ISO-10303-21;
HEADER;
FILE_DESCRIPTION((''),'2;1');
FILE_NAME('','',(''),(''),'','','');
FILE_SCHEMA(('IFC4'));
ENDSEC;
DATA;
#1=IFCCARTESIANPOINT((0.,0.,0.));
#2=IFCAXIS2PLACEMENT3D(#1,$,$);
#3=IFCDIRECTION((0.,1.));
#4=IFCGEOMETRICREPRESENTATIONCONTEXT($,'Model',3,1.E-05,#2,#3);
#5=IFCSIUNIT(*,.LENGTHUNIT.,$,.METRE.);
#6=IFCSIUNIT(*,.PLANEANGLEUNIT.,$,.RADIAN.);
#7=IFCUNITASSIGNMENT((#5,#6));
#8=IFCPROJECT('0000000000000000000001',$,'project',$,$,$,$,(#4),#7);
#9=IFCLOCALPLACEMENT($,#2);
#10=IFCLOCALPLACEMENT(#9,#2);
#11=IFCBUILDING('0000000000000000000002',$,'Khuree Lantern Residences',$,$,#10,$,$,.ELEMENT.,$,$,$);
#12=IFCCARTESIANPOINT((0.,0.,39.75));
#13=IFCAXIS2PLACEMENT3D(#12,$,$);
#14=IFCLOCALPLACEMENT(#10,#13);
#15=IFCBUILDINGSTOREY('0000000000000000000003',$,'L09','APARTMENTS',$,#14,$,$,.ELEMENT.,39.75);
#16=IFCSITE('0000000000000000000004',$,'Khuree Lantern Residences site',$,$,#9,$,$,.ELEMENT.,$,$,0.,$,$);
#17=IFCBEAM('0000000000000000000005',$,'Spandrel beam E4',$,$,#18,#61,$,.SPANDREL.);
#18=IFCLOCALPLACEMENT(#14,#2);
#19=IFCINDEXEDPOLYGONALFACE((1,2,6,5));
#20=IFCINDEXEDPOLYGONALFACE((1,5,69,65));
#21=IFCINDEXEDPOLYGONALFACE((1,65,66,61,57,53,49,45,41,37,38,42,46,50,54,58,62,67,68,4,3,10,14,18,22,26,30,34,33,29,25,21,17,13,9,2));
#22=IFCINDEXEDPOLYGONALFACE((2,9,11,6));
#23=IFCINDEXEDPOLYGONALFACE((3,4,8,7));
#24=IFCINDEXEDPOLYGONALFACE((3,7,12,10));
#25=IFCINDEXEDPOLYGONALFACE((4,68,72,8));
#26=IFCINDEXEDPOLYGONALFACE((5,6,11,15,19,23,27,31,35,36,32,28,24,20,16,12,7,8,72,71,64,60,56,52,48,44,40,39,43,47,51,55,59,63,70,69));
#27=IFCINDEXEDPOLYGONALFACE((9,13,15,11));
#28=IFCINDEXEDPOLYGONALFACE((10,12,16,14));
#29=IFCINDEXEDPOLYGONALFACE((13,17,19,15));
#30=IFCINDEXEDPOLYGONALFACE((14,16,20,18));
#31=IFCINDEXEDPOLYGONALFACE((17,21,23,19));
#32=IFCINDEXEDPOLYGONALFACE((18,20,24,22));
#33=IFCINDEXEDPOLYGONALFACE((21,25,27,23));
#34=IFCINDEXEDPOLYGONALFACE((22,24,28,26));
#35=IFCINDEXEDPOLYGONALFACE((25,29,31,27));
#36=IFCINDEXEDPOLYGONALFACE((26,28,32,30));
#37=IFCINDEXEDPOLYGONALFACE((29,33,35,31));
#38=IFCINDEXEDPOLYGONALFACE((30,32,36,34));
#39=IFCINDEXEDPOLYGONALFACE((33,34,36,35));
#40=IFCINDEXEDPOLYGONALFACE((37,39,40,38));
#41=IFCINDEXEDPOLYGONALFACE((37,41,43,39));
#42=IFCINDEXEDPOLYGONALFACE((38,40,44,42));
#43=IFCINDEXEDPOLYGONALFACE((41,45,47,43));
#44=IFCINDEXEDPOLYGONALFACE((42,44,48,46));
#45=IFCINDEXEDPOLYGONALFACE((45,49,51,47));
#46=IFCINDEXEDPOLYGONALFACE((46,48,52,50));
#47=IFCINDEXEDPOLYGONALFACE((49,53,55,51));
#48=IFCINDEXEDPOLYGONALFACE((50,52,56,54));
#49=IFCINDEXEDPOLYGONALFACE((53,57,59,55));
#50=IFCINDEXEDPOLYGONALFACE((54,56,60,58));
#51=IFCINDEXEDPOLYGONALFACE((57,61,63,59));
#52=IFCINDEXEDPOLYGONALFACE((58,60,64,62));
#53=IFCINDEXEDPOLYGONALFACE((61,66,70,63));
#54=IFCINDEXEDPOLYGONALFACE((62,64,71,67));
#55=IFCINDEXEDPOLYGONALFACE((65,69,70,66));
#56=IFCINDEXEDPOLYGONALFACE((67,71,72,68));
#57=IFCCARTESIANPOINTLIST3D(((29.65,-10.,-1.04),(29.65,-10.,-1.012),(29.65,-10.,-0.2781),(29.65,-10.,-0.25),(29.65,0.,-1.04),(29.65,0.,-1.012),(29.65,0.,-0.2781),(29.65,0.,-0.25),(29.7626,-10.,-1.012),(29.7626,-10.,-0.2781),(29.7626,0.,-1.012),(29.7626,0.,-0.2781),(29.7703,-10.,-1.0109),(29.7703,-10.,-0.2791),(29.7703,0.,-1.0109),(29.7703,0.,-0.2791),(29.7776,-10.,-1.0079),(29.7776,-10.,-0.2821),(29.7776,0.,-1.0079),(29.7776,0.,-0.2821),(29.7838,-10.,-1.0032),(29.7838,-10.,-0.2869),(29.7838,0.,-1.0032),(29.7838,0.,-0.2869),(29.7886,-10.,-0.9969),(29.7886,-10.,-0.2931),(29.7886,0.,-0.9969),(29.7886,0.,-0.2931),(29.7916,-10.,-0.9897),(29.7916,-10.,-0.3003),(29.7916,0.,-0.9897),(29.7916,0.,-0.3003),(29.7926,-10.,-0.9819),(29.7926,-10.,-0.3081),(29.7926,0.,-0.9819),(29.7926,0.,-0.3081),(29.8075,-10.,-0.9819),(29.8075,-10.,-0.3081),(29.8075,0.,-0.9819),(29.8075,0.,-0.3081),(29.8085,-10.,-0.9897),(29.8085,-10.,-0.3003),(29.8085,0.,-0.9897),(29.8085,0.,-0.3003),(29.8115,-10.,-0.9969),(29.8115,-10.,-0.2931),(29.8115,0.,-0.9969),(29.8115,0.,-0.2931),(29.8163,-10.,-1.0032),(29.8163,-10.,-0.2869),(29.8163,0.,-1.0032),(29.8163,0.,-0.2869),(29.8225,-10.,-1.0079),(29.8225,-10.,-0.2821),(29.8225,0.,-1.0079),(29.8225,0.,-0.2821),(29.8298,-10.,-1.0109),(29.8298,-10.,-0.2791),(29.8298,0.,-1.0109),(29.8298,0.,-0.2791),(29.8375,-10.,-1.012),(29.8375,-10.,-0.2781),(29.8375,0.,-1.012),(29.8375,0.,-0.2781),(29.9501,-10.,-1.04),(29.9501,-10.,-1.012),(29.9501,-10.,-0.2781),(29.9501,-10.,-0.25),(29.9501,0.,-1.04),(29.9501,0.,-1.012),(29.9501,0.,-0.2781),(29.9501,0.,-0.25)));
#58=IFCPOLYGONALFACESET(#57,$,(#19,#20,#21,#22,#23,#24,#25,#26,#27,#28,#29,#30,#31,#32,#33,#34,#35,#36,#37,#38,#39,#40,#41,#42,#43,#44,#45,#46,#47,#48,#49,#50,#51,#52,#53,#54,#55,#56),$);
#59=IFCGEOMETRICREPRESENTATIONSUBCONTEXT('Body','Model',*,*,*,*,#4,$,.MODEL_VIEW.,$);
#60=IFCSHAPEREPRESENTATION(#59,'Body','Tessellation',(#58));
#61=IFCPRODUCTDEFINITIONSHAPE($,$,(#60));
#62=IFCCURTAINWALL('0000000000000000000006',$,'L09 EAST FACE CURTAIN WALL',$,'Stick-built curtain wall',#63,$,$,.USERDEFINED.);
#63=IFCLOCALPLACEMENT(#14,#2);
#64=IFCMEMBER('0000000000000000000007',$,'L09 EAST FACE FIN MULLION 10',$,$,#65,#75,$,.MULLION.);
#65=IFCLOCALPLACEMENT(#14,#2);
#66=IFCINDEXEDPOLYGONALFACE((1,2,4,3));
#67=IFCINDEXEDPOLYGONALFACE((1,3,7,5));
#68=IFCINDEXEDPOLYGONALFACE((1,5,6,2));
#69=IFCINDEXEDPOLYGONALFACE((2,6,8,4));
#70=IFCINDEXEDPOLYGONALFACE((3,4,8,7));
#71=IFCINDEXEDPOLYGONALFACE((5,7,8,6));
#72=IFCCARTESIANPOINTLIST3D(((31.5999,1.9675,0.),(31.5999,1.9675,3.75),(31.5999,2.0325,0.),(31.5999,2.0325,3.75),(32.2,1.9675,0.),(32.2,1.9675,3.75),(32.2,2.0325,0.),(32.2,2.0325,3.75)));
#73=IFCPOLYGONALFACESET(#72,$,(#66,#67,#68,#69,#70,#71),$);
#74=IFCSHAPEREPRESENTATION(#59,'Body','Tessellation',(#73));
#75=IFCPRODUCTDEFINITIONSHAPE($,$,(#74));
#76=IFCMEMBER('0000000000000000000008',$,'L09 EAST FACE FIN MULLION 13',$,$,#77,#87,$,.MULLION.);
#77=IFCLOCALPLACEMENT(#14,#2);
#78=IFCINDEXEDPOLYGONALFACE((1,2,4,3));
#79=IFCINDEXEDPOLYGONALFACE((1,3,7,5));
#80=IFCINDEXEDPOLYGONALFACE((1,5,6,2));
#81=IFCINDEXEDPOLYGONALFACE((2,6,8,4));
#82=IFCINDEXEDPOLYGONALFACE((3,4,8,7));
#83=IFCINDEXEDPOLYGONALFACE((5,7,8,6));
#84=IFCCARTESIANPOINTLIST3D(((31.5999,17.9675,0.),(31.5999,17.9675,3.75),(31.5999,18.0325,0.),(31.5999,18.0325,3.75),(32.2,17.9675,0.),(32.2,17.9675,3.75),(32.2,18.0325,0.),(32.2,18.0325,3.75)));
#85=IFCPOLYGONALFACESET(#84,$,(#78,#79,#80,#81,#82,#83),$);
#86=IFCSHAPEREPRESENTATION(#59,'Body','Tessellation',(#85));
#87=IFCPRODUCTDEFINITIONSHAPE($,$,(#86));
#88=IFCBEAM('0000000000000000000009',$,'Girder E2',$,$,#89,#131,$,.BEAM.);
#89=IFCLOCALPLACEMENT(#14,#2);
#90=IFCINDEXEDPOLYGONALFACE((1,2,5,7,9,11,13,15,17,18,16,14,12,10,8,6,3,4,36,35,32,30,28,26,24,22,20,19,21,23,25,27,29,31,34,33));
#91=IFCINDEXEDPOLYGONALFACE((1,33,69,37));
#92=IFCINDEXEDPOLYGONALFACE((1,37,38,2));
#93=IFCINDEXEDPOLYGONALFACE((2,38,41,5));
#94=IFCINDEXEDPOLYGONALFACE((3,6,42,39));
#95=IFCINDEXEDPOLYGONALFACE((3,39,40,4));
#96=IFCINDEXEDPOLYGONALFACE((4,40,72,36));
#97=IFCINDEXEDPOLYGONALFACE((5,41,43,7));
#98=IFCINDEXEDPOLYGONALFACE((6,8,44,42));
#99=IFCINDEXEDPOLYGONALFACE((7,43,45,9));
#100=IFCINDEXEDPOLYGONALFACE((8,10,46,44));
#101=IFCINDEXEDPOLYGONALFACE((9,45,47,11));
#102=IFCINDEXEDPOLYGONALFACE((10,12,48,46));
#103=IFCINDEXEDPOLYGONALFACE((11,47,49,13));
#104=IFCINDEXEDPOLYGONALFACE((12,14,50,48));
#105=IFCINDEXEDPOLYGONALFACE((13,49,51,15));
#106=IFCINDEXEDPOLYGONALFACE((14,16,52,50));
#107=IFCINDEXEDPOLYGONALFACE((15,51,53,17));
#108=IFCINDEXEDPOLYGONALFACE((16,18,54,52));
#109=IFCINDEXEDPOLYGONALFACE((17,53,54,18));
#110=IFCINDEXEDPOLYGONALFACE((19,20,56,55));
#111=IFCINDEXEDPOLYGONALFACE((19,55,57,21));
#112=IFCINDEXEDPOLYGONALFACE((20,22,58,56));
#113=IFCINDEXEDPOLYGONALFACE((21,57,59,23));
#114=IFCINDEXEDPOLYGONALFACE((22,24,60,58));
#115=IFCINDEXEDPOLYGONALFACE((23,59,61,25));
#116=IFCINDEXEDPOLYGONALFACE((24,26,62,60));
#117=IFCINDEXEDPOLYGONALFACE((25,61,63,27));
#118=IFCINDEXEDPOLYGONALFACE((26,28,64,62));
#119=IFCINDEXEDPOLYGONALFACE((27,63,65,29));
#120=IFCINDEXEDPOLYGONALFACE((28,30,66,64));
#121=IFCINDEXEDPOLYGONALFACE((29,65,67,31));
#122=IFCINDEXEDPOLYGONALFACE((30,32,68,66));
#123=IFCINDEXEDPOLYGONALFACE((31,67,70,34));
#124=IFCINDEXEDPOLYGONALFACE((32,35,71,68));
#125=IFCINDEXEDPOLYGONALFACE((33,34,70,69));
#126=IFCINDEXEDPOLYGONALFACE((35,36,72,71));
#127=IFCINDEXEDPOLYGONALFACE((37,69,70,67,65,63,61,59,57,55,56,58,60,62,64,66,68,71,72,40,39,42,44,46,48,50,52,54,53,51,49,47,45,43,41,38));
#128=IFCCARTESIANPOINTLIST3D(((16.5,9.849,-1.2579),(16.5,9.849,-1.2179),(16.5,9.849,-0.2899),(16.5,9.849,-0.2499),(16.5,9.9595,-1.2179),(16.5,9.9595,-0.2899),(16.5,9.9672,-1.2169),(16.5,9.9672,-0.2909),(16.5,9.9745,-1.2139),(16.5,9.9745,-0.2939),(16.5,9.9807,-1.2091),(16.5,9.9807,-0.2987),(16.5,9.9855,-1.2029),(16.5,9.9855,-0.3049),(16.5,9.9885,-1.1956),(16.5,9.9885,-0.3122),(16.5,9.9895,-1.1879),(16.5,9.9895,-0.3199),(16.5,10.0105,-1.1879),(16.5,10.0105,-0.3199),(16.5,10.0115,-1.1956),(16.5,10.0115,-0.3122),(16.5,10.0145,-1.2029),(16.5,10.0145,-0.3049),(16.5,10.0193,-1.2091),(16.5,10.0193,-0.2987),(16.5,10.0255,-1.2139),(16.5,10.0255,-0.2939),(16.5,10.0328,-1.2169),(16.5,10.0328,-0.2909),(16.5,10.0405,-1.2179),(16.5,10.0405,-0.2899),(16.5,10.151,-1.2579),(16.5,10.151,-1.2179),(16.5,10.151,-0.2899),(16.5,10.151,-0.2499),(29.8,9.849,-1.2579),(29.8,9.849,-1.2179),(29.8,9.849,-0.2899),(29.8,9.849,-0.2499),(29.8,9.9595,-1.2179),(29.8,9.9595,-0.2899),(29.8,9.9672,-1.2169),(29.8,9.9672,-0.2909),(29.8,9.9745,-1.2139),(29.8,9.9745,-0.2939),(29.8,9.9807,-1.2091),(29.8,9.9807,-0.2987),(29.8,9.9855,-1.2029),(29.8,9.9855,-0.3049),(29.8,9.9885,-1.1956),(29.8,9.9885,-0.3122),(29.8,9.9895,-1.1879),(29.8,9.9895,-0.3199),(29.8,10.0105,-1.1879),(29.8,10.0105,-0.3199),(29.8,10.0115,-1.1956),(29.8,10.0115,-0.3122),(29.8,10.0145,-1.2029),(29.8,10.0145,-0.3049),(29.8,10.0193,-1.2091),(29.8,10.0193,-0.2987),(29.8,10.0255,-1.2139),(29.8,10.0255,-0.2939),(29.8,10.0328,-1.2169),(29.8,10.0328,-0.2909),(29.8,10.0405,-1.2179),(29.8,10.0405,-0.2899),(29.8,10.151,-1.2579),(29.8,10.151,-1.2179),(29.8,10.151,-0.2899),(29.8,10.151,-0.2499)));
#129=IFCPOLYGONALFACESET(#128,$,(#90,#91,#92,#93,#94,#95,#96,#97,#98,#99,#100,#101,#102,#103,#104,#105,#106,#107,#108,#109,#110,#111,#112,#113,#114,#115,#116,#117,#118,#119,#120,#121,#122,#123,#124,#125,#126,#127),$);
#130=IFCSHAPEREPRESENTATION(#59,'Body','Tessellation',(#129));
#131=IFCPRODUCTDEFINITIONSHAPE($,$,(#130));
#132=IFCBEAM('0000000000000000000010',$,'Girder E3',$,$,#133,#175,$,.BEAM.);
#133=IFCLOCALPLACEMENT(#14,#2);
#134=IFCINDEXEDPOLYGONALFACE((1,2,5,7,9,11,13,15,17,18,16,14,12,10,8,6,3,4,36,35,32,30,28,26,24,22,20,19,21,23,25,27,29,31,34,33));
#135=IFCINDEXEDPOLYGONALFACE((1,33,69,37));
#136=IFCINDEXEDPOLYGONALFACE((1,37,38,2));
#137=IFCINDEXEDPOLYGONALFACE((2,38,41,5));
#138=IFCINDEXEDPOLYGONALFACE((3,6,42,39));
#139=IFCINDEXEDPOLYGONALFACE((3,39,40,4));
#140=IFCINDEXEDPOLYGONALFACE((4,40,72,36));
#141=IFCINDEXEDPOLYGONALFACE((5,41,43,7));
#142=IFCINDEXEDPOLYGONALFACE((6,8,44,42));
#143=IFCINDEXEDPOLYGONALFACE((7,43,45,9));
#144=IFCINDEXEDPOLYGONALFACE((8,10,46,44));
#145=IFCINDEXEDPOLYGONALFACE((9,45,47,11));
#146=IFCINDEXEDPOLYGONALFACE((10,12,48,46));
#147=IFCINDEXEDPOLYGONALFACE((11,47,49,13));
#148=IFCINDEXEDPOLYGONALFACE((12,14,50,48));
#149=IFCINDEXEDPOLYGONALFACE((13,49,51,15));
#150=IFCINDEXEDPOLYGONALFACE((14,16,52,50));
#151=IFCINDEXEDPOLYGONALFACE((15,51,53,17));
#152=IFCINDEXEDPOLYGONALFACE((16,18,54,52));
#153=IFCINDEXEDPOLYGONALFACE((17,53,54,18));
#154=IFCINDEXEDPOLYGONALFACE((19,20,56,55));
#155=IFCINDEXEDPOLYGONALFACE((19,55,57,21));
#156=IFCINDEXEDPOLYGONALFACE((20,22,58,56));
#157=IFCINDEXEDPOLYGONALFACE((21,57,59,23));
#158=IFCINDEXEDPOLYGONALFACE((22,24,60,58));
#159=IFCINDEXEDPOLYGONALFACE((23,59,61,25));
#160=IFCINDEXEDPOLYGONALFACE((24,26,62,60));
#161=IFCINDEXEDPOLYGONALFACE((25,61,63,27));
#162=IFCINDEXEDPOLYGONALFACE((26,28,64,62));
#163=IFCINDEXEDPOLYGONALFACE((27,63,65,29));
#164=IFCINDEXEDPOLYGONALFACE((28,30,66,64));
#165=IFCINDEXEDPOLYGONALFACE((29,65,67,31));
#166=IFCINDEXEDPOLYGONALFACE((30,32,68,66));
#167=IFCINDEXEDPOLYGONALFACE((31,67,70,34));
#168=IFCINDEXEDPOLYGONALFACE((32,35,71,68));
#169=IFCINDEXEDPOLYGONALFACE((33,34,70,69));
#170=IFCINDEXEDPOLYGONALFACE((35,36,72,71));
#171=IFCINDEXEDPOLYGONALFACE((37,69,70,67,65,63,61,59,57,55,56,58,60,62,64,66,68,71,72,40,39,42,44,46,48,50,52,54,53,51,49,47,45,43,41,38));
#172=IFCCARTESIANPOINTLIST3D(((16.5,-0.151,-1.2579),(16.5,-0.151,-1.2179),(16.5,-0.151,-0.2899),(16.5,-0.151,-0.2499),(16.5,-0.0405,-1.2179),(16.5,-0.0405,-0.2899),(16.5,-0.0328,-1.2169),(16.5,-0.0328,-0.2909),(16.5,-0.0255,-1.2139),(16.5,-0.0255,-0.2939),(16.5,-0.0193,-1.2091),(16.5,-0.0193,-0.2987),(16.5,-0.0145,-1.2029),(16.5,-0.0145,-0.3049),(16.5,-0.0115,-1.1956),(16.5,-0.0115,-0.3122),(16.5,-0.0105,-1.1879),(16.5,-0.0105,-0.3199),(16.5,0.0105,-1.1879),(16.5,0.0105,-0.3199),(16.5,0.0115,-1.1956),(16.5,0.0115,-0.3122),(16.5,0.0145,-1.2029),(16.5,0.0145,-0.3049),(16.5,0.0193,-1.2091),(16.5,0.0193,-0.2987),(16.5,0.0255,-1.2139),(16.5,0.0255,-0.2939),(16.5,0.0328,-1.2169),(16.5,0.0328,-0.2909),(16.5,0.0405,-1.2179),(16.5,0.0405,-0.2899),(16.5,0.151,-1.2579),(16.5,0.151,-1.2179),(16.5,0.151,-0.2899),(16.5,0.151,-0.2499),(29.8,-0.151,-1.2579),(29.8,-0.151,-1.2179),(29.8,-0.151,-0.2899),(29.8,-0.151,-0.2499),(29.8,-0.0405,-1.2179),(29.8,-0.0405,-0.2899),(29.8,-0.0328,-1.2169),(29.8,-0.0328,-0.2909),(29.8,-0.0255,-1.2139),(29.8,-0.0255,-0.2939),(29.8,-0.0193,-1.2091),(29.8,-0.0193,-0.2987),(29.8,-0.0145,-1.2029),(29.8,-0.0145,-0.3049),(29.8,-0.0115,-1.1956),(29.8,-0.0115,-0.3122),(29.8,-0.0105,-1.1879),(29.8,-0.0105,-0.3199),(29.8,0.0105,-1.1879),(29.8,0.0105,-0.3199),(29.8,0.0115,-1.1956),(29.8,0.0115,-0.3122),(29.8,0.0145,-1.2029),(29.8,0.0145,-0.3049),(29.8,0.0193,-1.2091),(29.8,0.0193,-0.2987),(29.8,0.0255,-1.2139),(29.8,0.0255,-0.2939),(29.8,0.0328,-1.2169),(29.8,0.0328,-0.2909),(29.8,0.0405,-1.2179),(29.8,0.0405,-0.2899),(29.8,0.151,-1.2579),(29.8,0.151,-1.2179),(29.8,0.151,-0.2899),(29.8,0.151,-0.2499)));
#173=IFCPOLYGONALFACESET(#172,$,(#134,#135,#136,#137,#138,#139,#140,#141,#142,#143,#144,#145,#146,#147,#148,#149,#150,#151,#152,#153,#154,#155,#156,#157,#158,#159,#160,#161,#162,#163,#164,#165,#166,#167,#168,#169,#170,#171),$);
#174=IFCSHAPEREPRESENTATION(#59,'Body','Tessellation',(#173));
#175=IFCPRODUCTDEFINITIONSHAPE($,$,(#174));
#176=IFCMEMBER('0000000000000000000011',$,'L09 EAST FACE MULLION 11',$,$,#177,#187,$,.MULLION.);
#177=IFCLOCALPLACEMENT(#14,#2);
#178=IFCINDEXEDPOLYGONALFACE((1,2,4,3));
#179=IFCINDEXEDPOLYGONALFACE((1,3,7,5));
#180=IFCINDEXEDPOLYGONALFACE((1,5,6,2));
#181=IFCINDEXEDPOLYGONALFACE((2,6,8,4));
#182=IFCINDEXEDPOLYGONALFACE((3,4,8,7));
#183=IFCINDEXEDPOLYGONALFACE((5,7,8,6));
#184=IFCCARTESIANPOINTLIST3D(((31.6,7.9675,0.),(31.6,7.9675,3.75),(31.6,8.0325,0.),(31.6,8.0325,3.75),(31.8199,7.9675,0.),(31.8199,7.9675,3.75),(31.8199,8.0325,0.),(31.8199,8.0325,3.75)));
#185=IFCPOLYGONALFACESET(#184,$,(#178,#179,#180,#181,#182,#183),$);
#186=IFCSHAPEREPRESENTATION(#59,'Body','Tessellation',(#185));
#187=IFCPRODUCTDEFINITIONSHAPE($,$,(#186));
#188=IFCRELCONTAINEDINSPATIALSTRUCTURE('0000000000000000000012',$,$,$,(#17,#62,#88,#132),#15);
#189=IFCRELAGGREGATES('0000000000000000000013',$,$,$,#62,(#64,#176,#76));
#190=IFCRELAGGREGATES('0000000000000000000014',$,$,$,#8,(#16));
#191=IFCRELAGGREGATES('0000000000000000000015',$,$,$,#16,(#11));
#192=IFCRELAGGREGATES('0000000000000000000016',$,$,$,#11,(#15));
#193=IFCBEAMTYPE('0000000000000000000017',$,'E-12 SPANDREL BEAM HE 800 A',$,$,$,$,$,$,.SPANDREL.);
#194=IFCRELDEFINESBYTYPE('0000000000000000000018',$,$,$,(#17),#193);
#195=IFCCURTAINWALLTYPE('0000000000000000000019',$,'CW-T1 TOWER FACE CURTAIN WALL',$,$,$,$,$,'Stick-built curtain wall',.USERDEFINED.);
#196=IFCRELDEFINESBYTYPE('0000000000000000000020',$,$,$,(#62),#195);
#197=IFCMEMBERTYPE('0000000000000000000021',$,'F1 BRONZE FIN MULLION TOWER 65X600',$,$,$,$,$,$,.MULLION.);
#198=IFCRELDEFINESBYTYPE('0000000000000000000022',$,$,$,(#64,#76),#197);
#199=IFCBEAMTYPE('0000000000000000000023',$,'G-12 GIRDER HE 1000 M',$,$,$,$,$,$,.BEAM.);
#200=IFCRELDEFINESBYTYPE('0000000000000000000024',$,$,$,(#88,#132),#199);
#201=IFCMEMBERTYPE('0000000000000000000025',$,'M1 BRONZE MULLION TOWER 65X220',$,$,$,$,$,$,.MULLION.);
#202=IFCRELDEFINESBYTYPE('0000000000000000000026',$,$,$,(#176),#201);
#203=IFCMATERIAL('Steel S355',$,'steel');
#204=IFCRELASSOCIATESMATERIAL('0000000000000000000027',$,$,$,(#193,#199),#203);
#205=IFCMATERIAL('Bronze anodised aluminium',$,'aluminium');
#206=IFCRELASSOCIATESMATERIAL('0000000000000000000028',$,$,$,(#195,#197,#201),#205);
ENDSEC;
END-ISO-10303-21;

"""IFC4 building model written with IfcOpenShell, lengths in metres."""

from ifc_helpers import new_model, si_unit, direction, frame, origin, origin_2d, place, context, subcontext, project, spatial, rectangle, i_section, extrude, material, material_profile, profile_set, type_object, element, aggregate, save


model = new_model("IFC4")

# Units and contexts
model_context = context("Model", 3, precision=1e-05, world=origin(), true_north=direction((0.0, 1.0)))
body_context = subcontext(model_context, "Body", "Model", "MODEL_VIEW")
ifc_project = project(units=[si_unit("LENGTHUNIT", "METRE"), si_unit("PLANEANGLEUNIT", "RADIAN")], contexts=[model_context])

# Site, building, storey
site_placement = place(None, origin())
site = spatial("IfcSite", under=ifc_project, at=site_placement, Name="Khuree Lantern Residences site", CompositionType="ELEMENT", RefElevation=0.0)
building_placement = place(site_placement, origin())
building = spatial("IfcBuilding", under=site, at=building_placement, Name="Khuree Lantern Residences", CompositionType="ELEMENT")
storey_placement = place(building_placement, frame((0.0, 0.0, 39.75)))
storey = spatial("IfcBuildingStorey", under=building, at=storey_placement, Name="L09", Description="APARTMENTS", CompositionType="ELEMENT", Elevation=39.75)

# Beam
ifc_material_1 = material(Name="Steel S355", Category="steel")
ifc_material_profile_1 = material_profile(ifc_material_1, i_section(OverallWidth=0.3, OverallDepth=0.79, WebThickness=0.0149, FlangeThickness=0.0281, FilletRadius=0.03, at=origin_2d()), Name="HE 800 A")
ifc_profile_set_1 = profile_set([ifc_material_profile_1], Name="Steel S355")
beam_type_1 = type_object("IfcBeamType", Name="E-12 SPANDREL BEAM HE 800 A", PredefinedType="SPANDREL", material=ifc_profile_set_1)
for number, where, z_axis, x_axis, name in (
    (1, (29.8, 0.0, -0.645), (0.0, -1.0, 0.0), (1.0, 0.0, 0.0), "Spandrel beam E4"),
):
    element("IfcBeam", number, at=place(storey_placement, frame(where, z_axis=z_axis, x_axis=x_axis)), inside=storey, type_object=beam_type_1, Name=name, PredefinedType="SPANDREL", context=body_context, shape_type="SweptSolid", body=[
        extrude(i_section(OverallWidth=0.3, OverallDepth=0.79, WebThickness=0.0149, FlangeThickness=0.0281, FilletRadius=0.03, at=origin_2d()), origin(), (0.0, 0.0, 1.0), 10.0),
    ])

# Curtain wall, members
ifc_material_2 = material(Name="Bronze anodised aluminium", Category="aluminium")
curtain_wall_type = type_object("IfcCurtainWallType", Name="CW-T1 TOWER FACE CURTAIN WALL", ElementType="Stick-built curtain wall", PredefinedType="USERDEFINED", material=ifc_material_2)
curtain_wall_placement = place(storey_placement, origin())
curtain_wall = element("IfcCurtainWall", 2, at=curtain_wall_placement, inside=storey, type_object=curtain_wall_type, Name="L09 EAST FACE CURTAIN WALL", ObjectType="Stick-built curtain wall", PredefinedType="USERDEFINED")
ifc_material_profile_2 = material_profile(ifc_material_2, rectangle(XDim=0.0649, YDim=0.6001, at=origin_2d()), Name="F1 65X600")
ifc_profile_set_2 = profile_set([ifc_material_profile_2], Name="Bronze anodised aluminium")
member_type_1 = type_object("IfcMemberType", Name="F1 BRONZE FIN MULLION TOWER 65X600", PredefinedType="MULLION", material=ifc_profile_set_2)
member_1_placement = place(storey_placement, frame((31.8999, 2.0, 0.0), z_axis=(0.0, 0.0, 1.0), x_axis=(0.0, 1.0, 0.0)))
member_1 = element("IfcMember", 3, at=member_1_placement, type_object=member_type_1, Name="L09 EAST FACE FIN MULLION 10", PredefinedType="MULLION", context=body_context, shape_type="SweptSolid", body=[
    extrude(rectangle(XDim=0.0649, YDim=0.6001, at=origin_2d()), origin(), (0.0, 0.0, 1.0), 3.75),
])
member_2_placement = place(storey_placement, frame((31.8999, 18.0, 0.0), z_axis=(0.0, 0.0, 1.0), x_axis=(0.0, 1.0, 0.0)))
member_2 = element("IfcMember", 4, at=member_2_placement, type_object=member_type_1, Name="L09 EAST FACE FIN MULLION 13", PredefinedType="MULLION", context=body_context, shape_type="SweptSolid", body=[
    extrude(rectangle(XDim=0.0649, YDim=0.6001, at=origin_2d()), origin(), (0.0, 0.0, 1.0), 3.75),
])

# Beams
ifc_material_profile_3 = material_profile(ifc_material_1, i_section(OverallWidth=0.302, OverallDepth=1.0081, WebThickness=0.021, FlangeThickness=0.04, FilletRadius=0.03, at=origin_2d()), Name="HE 1000 M")
ifc_profile_set_3 = profile_set([ifc_material_profile_3], Name="Steel S355")
beam_type_2 = type_object("IfcBeamType", Name="G-12 GIRDER HE 1000 M", PredefinedType="BEAM", material=ifc_profile_set_3)
for number, where, z_axis, x_axis, name in (
    (5, (29.8, 10.0, -0.7539), (-1.0, 0.0, 0.0), (0.0, -1.0, 0.0), "Girder E2"),
    (6, (29.8, 0.0, -0.7539), (-1.0, 0.0, 0.0), (0.0, -1.0, 0.0), "Girder E3"),
):
    element("IfcBeam", number, at=place(storey_placement, frame(where, z_axis=z_axis, x_axis=x_axis)), inside=storey, type_object=beam_type_2, Name=name, PredefinedType="BEAM", context=body_context, shape_type="SweptSolid", body=[
        extrude(i_section(OverallWidth=0.302, OverallDepth=1.0081, WebThickness=0.021, FlangeThickness=0.04, FilletRadius=0.03, at=origin_2d()), origin(), (0.0, 0.0, 1.0), 13.3),
    ])

# Member
ifc_material_profile_4 = material_profile(ifc_material_2, rectangle(XDim=0.0649, YDim=0.22, at=origin_2d()), Name="M1 65X220")
ifc_profile_set_4 = profile_set([ifc_material_profile_4], Name="Bronze anodised aluminium")
member_type_2 = type_object("IfcMemberType", Name="M1 BRONZE MULLION TOWER 65X220", PredefinedType="MULLION", material=ifc_profile_set_4)
member_3_placement = place(storey_placement, frame((31.71, 8.0, 0.0), z_axis=(0.0, 0.0, 1.0), x_axis=(0.0, 1.0, 0.0)))
member_3 = element("IfcMember", 7, at=member_3_placement, type_object=member_type_2, Name="L09 EAST FACE MULLION 11", PredefinedType="MULLION", context=body_context, shape_type="SweptSolid", body=[
    extrude(rectangle(XDim=0.0649, YDim=0.22, at=origin_2d()), origin(), (0.0, 0.0, 1.0), 3.75),
])

aggregate(curtain_wall, [member_1, member_3, member_2])

save(model, "model.ifc")
